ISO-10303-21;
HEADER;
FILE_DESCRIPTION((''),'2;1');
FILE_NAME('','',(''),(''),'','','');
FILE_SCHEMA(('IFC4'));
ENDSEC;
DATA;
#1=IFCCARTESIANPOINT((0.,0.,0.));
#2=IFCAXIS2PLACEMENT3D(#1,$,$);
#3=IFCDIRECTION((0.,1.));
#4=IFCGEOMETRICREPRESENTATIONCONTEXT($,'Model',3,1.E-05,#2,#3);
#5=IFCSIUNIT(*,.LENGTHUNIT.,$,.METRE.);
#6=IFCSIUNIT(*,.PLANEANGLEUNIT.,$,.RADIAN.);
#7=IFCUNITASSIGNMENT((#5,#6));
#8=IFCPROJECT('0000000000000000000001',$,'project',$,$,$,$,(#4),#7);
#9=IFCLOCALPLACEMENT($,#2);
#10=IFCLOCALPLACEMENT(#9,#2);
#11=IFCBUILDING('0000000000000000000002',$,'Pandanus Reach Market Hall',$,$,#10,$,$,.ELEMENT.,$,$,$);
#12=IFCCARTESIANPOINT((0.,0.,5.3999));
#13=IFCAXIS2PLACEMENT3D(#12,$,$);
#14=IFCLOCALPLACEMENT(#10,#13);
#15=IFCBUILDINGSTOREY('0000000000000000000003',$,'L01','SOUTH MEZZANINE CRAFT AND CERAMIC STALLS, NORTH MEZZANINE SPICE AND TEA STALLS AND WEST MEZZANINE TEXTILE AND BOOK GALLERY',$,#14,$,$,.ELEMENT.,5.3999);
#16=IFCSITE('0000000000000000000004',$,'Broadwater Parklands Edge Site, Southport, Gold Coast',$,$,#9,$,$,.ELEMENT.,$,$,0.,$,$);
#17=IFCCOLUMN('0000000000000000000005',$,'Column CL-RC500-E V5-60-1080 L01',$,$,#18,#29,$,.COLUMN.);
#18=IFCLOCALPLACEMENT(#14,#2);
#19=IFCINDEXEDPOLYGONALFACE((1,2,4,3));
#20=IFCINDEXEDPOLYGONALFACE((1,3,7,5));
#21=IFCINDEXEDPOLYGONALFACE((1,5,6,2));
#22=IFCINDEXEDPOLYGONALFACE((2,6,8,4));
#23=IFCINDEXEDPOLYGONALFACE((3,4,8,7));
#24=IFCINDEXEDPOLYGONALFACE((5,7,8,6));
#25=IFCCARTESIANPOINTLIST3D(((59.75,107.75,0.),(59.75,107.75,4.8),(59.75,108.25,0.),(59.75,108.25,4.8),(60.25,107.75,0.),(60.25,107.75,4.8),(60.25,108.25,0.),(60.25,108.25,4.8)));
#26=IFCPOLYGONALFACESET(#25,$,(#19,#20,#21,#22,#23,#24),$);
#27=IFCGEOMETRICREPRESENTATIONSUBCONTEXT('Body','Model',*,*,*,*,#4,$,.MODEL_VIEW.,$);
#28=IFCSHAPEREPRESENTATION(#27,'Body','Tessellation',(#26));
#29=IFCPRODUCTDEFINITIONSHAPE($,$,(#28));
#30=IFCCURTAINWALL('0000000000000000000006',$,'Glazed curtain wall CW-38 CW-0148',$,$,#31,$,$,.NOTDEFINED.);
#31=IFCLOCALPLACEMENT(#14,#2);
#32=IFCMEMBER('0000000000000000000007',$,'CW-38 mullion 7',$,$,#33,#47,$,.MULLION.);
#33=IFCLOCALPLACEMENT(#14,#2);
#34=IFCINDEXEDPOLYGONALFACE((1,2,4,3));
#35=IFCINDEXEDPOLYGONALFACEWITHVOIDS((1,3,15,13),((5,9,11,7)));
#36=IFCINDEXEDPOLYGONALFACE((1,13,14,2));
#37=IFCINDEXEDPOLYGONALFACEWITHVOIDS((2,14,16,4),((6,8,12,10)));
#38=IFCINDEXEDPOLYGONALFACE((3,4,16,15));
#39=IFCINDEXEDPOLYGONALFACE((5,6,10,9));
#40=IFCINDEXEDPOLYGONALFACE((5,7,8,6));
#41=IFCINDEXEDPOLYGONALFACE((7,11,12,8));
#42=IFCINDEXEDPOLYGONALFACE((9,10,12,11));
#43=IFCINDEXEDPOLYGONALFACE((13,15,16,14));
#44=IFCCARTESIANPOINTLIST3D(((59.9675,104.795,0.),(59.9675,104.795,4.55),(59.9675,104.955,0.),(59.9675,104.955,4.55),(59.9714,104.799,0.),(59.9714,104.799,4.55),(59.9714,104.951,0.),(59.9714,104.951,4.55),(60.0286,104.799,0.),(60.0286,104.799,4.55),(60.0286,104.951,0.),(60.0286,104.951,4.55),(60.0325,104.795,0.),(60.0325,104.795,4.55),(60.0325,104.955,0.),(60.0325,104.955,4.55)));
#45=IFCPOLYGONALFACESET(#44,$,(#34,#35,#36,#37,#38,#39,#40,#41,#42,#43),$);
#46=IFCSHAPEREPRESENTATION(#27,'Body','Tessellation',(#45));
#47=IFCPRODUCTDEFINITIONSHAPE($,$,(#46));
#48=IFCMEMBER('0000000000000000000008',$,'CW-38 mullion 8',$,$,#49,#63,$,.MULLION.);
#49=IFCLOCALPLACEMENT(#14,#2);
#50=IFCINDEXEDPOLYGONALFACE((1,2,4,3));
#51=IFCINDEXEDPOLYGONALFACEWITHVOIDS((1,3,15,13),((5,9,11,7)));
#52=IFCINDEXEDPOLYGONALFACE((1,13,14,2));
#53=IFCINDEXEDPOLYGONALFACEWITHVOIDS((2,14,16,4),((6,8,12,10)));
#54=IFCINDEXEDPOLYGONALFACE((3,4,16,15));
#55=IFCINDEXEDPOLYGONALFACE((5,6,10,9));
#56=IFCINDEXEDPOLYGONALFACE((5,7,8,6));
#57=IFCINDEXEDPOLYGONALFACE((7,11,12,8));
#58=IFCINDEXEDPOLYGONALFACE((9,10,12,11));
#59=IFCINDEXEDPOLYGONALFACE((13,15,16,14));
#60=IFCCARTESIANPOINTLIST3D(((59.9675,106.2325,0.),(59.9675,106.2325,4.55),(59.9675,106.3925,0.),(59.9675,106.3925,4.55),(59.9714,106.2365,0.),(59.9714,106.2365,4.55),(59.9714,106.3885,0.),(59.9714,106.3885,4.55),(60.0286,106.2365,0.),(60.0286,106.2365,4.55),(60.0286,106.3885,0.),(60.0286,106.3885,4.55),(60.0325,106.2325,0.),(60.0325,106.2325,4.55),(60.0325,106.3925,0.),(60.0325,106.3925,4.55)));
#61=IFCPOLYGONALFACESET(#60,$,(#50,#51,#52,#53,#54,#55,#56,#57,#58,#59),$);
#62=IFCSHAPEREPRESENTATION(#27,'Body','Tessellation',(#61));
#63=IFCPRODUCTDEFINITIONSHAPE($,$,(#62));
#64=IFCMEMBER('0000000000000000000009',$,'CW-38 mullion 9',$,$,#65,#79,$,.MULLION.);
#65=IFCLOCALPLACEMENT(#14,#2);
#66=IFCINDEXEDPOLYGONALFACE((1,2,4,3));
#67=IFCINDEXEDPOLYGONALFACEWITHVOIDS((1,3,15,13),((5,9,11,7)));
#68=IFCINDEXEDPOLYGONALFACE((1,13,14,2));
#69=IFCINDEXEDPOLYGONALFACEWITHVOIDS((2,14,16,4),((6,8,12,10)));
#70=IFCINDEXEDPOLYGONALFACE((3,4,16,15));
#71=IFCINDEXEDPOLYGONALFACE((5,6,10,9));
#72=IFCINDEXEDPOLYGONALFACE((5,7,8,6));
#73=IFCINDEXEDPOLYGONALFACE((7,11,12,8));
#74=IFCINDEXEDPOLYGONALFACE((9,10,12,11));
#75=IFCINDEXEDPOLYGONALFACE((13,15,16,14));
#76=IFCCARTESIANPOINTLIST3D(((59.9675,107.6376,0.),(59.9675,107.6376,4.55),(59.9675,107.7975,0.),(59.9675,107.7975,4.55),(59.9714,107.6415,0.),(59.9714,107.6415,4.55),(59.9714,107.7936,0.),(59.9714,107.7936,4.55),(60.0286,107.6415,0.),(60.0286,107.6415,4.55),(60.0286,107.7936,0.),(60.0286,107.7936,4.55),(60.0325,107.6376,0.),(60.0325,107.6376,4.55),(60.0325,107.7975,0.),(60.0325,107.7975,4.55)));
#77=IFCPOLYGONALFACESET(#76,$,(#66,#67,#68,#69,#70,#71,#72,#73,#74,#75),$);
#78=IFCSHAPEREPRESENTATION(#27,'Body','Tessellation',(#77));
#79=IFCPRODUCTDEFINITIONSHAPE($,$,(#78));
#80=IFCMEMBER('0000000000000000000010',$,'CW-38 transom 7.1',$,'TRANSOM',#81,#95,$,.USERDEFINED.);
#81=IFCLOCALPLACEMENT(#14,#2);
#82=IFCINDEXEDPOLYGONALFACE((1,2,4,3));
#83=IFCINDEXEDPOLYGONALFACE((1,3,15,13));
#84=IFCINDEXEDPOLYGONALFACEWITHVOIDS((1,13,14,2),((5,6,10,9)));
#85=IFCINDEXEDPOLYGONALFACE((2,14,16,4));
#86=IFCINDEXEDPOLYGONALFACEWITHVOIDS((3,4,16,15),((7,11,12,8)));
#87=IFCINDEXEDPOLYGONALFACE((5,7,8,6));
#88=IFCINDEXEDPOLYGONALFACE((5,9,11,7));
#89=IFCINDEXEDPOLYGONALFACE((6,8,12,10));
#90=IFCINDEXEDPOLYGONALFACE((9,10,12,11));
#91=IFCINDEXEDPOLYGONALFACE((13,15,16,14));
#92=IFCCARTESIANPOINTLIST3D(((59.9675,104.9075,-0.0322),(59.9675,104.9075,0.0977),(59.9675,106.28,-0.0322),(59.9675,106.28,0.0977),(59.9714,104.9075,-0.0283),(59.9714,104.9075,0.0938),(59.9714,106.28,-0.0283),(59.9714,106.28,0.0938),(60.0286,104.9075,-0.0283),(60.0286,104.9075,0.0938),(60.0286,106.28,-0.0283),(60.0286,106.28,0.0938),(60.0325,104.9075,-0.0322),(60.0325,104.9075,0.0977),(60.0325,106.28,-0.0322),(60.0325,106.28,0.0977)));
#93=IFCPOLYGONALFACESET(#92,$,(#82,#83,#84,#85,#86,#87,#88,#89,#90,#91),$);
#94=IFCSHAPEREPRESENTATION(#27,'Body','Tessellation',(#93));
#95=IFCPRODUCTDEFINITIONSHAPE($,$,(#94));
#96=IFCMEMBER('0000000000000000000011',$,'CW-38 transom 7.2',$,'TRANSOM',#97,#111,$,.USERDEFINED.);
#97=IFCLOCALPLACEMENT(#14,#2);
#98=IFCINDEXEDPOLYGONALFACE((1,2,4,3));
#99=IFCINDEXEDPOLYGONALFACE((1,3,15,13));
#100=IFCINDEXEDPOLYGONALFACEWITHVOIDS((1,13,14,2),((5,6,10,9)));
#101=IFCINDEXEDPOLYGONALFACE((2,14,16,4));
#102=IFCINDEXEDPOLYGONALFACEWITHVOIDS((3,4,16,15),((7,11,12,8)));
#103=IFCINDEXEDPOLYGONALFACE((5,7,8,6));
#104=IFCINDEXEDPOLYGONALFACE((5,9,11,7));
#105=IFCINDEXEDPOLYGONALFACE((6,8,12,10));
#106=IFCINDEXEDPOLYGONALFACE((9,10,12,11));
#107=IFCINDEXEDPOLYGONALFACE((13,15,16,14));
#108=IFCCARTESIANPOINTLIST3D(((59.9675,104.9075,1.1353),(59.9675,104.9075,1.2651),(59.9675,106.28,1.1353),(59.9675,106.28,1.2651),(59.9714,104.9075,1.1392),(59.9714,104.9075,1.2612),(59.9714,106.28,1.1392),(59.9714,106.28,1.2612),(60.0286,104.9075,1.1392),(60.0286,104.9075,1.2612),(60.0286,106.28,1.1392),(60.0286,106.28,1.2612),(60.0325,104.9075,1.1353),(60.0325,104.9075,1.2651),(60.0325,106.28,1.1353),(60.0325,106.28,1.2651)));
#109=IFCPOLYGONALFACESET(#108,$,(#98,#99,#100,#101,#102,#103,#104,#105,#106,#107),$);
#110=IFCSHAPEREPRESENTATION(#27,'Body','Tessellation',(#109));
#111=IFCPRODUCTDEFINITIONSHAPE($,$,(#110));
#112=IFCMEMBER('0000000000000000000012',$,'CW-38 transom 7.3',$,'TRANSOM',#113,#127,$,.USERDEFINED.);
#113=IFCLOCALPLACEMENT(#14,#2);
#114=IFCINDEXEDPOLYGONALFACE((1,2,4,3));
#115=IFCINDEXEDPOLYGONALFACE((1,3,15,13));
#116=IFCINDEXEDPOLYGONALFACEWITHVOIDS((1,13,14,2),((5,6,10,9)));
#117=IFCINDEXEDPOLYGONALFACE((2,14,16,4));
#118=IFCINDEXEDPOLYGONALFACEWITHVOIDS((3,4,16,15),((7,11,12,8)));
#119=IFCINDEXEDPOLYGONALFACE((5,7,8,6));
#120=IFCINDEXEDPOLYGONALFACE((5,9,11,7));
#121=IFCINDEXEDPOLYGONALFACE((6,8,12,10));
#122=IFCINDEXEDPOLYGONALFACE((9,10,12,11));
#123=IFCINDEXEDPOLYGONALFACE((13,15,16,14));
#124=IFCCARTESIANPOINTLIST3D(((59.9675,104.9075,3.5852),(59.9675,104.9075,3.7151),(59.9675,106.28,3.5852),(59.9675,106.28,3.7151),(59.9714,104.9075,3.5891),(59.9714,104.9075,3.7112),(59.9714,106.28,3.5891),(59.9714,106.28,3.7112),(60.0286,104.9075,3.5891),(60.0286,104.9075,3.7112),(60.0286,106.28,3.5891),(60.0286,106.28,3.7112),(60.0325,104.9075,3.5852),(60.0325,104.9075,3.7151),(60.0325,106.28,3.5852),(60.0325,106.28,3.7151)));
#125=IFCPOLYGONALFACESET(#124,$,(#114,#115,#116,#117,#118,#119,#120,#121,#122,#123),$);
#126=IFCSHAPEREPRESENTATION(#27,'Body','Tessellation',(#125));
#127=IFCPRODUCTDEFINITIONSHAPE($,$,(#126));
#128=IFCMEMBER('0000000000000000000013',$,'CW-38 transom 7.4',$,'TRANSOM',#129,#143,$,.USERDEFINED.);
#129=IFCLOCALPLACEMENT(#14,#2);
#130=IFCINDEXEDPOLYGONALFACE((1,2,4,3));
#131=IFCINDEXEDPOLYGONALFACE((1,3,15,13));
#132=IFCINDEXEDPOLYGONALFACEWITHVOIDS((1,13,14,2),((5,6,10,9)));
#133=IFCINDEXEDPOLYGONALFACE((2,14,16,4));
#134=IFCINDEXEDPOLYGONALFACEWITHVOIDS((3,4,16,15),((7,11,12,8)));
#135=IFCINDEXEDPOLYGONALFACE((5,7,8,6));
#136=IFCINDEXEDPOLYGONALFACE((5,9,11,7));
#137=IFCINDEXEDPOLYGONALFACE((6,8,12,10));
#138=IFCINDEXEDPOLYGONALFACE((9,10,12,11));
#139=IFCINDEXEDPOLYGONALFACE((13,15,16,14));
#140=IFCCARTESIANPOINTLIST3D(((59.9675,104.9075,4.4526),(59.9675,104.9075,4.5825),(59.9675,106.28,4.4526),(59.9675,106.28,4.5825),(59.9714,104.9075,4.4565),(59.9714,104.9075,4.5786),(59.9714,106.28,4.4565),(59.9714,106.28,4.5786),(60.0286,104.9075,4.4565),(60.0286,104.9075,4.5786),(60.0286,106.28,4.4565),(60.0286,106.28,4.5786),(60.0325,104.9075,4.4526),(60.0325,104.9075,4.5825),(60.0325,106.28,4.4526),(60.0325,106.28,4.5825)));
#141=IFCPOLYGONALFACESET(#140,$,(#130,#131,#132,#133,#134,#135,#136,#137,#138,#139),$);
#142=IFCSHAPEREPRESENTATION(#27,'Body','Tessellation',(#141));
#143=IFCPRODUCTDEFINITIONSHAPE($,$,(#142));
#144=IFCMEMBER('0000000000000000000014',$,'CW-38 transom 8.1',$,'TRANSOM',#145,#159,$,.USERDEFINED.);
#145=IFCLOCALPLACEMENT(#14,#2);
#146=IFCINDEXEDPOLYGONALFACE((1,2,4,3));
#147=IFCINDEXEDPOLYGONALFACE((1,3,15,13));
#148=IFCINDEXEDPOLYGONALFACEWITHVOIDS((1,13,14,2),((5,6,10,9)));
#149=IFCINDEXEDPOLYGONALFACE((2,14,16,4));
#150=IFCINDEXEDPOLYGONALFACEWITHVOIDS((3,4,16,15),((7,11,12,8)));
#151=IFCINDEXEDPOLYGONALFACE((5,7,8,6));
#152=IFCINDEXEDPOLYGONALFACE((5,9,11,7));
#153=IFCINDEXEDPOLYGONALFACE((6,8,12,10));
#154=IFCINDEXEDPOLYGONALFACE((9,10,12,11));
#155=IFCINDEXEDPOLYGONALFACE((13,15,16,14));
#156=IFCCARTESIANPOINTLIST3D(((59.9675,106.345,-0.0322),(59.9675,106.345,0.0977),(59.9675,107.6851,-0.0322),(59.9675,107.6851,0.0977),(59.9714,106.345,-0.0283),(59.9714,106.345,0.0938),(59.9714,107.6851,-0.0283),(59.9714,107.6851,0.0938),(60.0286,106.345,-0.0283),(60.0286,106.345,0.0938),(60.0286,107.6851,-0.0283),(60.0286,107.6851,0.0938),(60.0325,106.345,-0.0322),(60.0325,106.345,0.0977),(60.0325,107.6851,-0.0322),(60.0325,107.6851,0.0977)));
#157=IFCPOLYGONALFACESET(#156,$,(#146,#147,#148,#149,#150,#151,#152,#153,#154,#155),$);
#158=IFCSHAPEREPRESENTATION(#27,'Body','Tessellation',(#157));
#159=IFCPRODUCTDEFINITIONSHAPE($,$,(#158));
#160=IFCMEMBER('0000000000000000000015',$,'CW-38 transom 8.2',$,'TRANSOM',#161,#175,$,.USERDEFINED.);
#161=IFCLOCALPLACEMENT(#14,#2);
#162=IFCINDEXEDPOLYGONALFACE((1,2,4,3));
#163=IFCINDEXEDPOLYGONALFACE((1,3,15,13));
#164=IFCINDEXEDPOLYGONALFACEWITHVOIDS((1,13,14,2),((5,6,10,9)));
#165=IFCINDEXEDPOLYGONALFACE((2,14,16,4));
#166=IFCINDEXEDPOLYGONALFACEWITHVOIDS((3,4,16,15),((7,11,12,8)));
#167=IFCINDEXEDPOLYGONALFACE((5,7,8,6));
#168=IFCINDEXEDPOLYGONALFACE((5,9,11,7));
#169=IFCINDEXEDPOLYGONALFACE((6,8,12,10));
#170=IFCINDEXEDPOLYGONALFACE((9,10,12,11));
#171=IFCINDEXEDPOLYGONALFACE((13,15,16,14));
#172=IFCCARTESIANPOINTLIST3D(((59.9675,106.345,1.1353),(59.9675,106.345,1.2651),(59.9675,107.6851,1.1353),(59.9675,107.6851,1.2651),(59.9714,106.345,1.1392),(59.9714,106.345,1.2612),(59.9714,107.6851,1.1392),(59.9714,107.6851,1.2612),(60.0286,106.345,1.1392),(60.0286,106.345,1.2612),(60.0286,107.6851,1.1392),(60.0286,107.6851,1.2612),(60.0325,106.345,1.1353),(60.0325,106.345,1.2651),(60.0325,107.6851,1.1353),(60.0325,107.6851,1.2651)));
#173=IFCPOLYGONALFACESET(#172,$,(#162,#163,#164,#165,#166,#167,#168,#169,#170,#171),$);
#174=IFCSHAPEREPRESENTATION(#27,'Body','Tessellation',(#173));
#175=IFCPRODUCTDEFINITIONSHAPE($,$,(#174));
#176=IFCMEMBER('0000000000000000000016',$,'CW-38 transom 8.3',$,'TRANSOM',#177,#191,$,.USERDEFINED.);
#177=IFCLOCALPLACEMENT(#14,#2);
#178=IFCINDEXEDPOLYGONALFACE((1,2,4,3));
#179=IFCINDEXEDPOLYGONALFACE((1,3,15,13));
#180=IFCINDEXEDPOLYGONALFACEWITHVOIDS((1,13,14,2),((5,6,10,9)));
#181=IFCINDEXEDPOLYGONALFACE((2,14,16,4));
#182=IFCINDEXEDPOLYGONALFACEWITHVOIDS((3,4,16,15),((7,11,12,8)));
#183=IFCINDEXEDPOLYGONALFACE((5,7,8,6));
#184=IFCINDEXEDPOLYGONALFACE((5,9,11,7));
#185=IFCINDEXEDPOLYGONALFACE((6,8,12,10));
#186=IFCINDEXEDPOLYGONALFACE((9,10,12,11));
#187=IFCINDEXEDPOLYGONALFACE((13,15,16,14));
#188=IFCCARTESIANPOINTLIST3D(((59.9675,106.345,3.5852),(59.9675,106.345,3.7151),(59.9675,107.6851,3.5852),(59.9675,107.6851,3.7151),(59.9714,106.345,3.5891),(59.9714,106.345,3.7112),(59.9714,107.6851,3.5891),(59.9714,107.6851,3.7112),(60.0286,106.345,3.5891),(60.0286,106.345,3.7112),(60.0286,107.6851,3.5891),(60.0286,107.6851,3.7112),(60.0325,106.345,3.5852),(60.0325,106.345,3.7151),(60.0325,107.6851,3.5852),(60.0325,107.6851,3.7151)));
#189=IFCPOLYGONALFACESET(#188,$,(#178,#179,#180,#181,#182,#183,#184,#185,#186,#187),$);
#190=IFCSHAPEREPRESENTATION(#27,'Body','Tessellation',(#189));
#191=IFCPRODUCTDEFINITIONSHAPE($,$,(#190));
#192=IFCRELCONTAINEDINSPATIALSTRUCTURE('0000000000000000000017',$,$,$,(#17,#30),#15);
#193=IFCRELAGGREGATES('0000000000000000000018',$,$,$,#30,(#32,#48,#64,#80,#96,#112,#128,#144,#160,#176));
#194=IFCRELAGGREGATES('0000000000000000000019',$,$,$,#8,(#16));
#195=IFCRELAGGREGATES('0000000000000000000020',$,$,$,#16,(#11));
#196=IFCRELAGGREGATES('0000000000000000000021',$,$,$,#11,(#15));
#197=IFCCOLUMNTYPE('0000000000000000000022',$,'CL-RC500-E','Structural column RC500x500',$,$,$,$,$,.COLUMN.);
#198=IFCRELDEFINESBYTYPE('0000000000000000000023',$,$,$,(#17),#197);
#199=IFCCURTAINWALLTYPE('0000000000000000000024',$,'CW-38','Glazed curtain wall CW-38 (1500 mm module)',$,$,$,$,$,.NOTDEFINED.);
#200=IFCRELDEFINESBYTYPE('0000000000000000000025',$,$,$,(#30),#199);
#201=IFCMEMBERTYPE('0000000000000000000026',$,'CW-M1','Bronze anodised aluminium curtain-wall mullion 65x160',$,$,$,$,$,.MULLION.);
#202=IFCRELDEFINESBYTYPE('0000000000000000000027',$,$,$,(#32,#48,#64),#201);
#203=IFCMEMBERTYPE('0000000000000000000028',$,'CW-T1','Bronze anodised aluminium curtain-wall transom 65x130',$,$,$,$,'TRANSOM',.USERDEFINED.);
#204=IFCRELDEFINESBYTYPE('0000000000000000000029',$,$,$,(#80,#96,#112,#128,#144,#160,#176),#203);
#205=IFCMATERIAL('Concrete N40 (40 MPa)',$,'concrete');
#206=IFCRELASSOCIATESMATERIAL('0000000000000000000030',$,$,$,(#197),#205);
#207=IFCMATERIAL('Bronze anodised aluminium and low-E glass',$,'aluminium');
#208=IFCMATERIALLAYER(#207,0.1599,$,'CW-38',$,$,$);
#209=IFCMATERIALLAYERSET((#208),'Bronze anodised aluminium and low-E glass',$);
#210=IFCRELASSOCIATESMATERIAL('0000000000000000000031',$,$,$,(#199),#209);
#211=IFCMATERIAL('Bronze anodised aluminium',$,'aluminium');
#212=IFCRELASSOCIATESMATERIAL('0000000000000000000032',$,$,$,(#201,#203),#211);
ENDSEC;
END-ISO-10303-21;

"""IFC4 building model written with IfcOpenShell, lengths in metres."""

from ifc_helpers import new_model, si_unit, direction, frame, origin, origin_2d, place, context, subcontext, project, spatial, rectangle, hollow_rectangle, extrude, material, layer, layer_set, material_profile, profile_set, type_object, element, aggregate, save


model = new_model("IFC4")

# Units and contexts
model_context = context("Model", 3, precision=1e-05, world=origin(), true_north=direction((0.0, 1.0)))
body_context = subcontext(model_context, "Body", "Model", "MODEL_VIEW")
ifc_project = project(units=[si_unit("LENGTHUNIT", "METRE"), si_unit("PLANEANGLEUNIT", "RADIAN")], contexts=[model_context])

# Site, building, storey
site_placement = place(None, origin())
site = spatial("IfcSite", under=ifc_project, at=site_placement, Name="Broadwater Parklands Edge Site, Southport, Gold Coast", CompositionType="ELEMENT", RefElevation=0.0)
building_placement = place(site_placement, origin())
building = spatial("IfcBuilding", under=site, at=building_placement, Name="Pandanus Reach Market Hall", CompositionType="ELEMENT")
storey_placement = place(building_placement, frame((0.0, 0.0, 5.3999)))
storey = spatial("IfcBuildingStorey", under=building, at=storey_placement, Name="L01", Description="SOUTH MEZZANINE CRAFT AND CERAMIC STALLS, NORTH MEZZANINE SPICE AND TEA STALLS AND WEST MEZZANINE TEXTILE AND BOOK GALLERY", CompositionType="ELEMENT", Elevation=5.3999)

# Column
ifc_material_1 = material(Name="Concrete N40 (40 MPa)", Category="concrete")
ifc_material_profile_1 = material_profile(ifc_material_1, rectangle(XDim=0.5, YDim=0.5, at=origin_2d()), Name="RC500x500", Category="LoadBearing")
ifc_profile_set_1 = profile_set([ifc_material_profile_1], Name="Concrete N40 (40 MPa)")
column_type = type_object("IfcColumnType", Name="CL-RC500-E", Description="Structural column RC500x500", PredefinedType="COLUMN", material=ifc_profile_set_1)
column_placement = place(storey_placement, frame((60.0, 108.0, 0.0), z_axis=(0.0, 0.0, 1.0), x_axis=(1.0, 0.0, 0.0)))
element("IfcColumn", 1, at=column_placement, inside=storey, type_object=column_type, Name="Column CL-RC500-E V5-60-1080 L01", PredefinedType="COLUMN", context=body_context, shape_type="SweptSolid", body=[
    extrude(rectangle(XDim=0.5, YDim=0.5, at=origin_2d()), origin(), (0.0, 0.0, 1.0), 4.8),
])

# Curtain wall, members
ifc_material_2 = material(Name="Bronze anodised aluminium and low-E glass", Category="aluminium")
ifc_layer_1 = layer(ifc_material_2, 0.1599, Name="CW-38")
ifc_layer_set_1 = layer_set([ifc_layer_1], Name="Bronze anodised aluminium and low-E glass")
curtain_wall_type = type_object("IfcCurtainWallType", Name="CW-38", Description="Glazed curtain wall CW-38 (1500 mm module)", PredefinedType="NOTDEFINED", material=ifc_layer_set_1)
curtain_wall_placement = place(storey_placement, origin())
curtain_wall = element("IfcCurtainWall", 2, at=curtain_wall_placement, inside=storey, type_object=curtain_wall_type, Name="Glazed curtain wall CW-38 CW-0148", PredefinedType="NOTDEFINED")
ifc_material_3 = material(Name="Bronze anodised aluminium", Category="aluminium")
ifc_material_profile_2 = material_profile(ifc_material_3, hollow_rectangle(XDim=0.0649, YDim=0.1599, WallThickness=0.0039, at=origin_2d()), Name="ALU65x160", Category="LoadBearing")
ifc_profile_set_2 = profile_set([ifc_material_profile_2], Name="Bronze anodised aluminium")
member_type_1 = type_object("IfcMemberType", Name="CW-M1", Description="Bronze anodised aluminium curtain-wall mullion 65x160", PredefinedType="MULLION", material=ifc_profile_set_2)
member_1_placement = place(storey_placement, frame((60.0, 104.875, 0.0), z_axis=(0.0, 0.0, 1.0), x_axis=(-1.0, 0.0, 0.0)))
member_1 = element("IfcMember", 3, at=member_1_placement, type_object=member_type_1, Name="CW-38 mullion 7", PredefinedType="MULLION", context=body_context, shape_type="SweptSolid", body=[
    extrude(hollow_rectangle(XDim=0.0649, YDim=0.1599, WallThickness=0.0039, at=origin_2d()), origin(), (0.0, 0.0, 1.0), 4.55),
])
member_2_placement = place(storey_placement, frame((60.0, 106.3125, 0.0), z_axis=(0.0, 0.0, 1.0), x_axis=(-1.0, 0.0, 0.0)))
member_2 = element("IfcMember", 4, at=member_2_placement, type_object=member_type_1, Name="CW-38 mullion 8", PredefinedType="MULLION", context=body_context, shape_type="SweptSolid", body=[
    extrude(hollow_rectangle(XDim=0.0649, YDim=0.1599, WallThickness=0.0039, at=origin_2d()), origin(), (0.0, 0.0, 1.0), 4.55),
])
member_3_placement = place(storey_placement, frame((60.0, 107.7175, 0.0), z_axis=(0.0, 0.0, 1.0), x_axis=(-1.0, 0.0, 0.0)))
member_3 = element("IfcMember", 5, at=member_3_placement, type_object=member_type_1, Name="CW-38 mullion 9", PredefinedType="MULLION", context=body_context, shape_type="SweptSolid", body=[
    extrude(hollow_rectangle(XDim=0.0649, YDim=0.1599, WallThickness=0.0039, at=origin_2d()), origin(), (0.0, 0.0, 1.0), 4.55),
])
ifc_material_profile_3 = material_profile(ifc_material_3, hollow_rectangle(XDim=0.0649, YDim=0.1299, WallThickness=0.0039, at=origin_2d()), Name="ALU65x130", Category="LoadBearing")
ifc_profile_set_3 = profile_set([ifc_material_profile_3], Name="Bronze anodised aluminium")
member_type_2 = type_object("IfcMemberType", Name="CW-T1", Description="Bronze anodised aluminium curtain-wall transom 65x130", ElementType="TRANSOM", PredefinedType="USERDEFINED", material=ifc_profile_set_3)
member_4_placement = place(storey_placement, frame((60.0, 104.9075, 0.0327), z_axis=(0.0, 1.0, 0.0), x_axis=(-1.0, 0.0, 0.0)))
member_4 = element("IfcMember", 6, at=member_4_placement, type_object=member_type_2, Name="CW-38 transom 7.1", ObjectType="TRANSOM", PredefinedType="USERDEFINED", context=body_context, shape_type="SweptSolid", body=[
    extrude(hollow_rectangle(XDim=0.0649, YDim=0.1299, WallThickness=0.0039, at=origin_2d()), origin(), (0.0, 0.0, 1.0), 1.3726),
])
member_5_placement = place(storey_placement, frame((60.0, 104.9075, 1.2002), z_axis=(0.0, 1.0, 0.0), x_axis=(-1.0, 0.0, 0.0)))
member_5 = element("IfcMember", 7, at=member_5_placement, type_object=member_type_2, Name="CW-38 transom 7.2", ObjectType="TRANSOM", PredefinedType="USERDEFINED", context=body_context, shape_type="SweptSolid", body=[
    extrude(hollow_rectangle(XDim=0.0649, YDim=0.1299, WallThickness=0.0039, at=origin_2d()), origin(), (0.0, 0.0, 1.0), 1.3726),
])
member_6_placement = place(storey_placement, frame((60.0, 104.9075, 3.6501), z_axis=(0.0, 1.0, 0.0), x_axis=(-1.0, 0.0, 0.0)))
member_6 = element("IfcMember", 8, at=member_6_placement, type_object=member_type_2, Name="CW-38 transom 7.3", ObjectType="TRANSOM", PredefinedType="USERDEFINED", context=body_context, shape_type="SweptSolid", body=[
    extrude(hollow_rectangle(XDim=0.0649, YDim=0.1299, WallThickness=0.0039, at=origin_2d()), origin(), (0.0, 0.0, 1.0), 1.3726),
])
member_7_placement = place(storey_placement, frame((60.0, 104.9075, 4.5176), z_axis=(0.0, 1.0, 0.0), x_axis=(-1.0, 0.0, 0.0)))
member_7 = element("IfcMember", 9, at=member_7_placement, type_object=member_type_2, Name="CW-38 transom 7.4", ObjectType="TRANSOM", PredefinedType="USERDEFINED", context=body_context, shape_type="SweptSolid", body=[
    extrude(hollow_rectangle(XDim=0.0649, YDim=0.1299, WallThickness=0.0039, at=origin_2d()), origin(), (0.0, 0.0, 1.0), 1.3726),
])
member_8_placement = place(storey_placement, frame((60.0, 106.345, 0.0327), z_axis=(0.0, 1.0, 0.0), x_axis=(-1.0, 0.0, 0.0)))
member_8 = element("IfcMember", 10, at=member_8_placement, type_object=member_type_2, Name="CW-38 transom 8.1", ObjectType="TRANSOM", PredefinedType="USERDEFINED", context=body_context, shape_type="SweptSolid", body=[
    extrude(hollow_rectangle(XDim=0.0649, YDim=0.1299, WallThickness=0.0039, at=origin_2d()), origin(), (0.0, 0.0, 1.0), 1.3401),
])
member_9_placement = place(storey_placement, frame((60.0, 106.345, 1.2002), z_axis=(0.0, 1.0, 0.0), x_axis=(-1.0, 0.0, 0.0)))
member_9 = element("IfcMember", 11, at=member_9_placement, type_object=member_type_2, Name="CW-38 transom 8.2", ObjectType="TRANSOM", PredefinedType="USERDEFINED", context=body_context, shape_type="SweptSolid", body=[
    extrude(hollow_rectangle(XDim=0.0649, YDim=0.1299, WallThickness=0.0039, at=origin_2d()), origin(), (0.0, 0.0, 1.0), 1.3401),
])
member_10_placement = place(storey_placement, frame((60.0, 106.345, 3.6501), z_axis=(0.0, 1.0, 0.0), x_axis=(-1.0, 0.0, 0.0)))
member_10 = element("IfcMember", 12, at=member_10_placement, type_object=member_type_2, Name="CW-38 transom 8.3", ObjectType="TRANSOM", PredefinedType="USERDEFINED", context=body_context, shape_type="SweptSolid", body=[
    extrude(hollow_rectangle(XDim=0.0649, YDim=0.1299, WallThickness=0.0039, at=origin_2d()), origin(), (0.0, 0.0, 1.0), 1.3401),
])
aggregate(curtain_wall, [member_1, member_2, member_3, member_4, member_5, member_6, member_7, member_8, member_9, member_10])

save(model, "model.ifc")
